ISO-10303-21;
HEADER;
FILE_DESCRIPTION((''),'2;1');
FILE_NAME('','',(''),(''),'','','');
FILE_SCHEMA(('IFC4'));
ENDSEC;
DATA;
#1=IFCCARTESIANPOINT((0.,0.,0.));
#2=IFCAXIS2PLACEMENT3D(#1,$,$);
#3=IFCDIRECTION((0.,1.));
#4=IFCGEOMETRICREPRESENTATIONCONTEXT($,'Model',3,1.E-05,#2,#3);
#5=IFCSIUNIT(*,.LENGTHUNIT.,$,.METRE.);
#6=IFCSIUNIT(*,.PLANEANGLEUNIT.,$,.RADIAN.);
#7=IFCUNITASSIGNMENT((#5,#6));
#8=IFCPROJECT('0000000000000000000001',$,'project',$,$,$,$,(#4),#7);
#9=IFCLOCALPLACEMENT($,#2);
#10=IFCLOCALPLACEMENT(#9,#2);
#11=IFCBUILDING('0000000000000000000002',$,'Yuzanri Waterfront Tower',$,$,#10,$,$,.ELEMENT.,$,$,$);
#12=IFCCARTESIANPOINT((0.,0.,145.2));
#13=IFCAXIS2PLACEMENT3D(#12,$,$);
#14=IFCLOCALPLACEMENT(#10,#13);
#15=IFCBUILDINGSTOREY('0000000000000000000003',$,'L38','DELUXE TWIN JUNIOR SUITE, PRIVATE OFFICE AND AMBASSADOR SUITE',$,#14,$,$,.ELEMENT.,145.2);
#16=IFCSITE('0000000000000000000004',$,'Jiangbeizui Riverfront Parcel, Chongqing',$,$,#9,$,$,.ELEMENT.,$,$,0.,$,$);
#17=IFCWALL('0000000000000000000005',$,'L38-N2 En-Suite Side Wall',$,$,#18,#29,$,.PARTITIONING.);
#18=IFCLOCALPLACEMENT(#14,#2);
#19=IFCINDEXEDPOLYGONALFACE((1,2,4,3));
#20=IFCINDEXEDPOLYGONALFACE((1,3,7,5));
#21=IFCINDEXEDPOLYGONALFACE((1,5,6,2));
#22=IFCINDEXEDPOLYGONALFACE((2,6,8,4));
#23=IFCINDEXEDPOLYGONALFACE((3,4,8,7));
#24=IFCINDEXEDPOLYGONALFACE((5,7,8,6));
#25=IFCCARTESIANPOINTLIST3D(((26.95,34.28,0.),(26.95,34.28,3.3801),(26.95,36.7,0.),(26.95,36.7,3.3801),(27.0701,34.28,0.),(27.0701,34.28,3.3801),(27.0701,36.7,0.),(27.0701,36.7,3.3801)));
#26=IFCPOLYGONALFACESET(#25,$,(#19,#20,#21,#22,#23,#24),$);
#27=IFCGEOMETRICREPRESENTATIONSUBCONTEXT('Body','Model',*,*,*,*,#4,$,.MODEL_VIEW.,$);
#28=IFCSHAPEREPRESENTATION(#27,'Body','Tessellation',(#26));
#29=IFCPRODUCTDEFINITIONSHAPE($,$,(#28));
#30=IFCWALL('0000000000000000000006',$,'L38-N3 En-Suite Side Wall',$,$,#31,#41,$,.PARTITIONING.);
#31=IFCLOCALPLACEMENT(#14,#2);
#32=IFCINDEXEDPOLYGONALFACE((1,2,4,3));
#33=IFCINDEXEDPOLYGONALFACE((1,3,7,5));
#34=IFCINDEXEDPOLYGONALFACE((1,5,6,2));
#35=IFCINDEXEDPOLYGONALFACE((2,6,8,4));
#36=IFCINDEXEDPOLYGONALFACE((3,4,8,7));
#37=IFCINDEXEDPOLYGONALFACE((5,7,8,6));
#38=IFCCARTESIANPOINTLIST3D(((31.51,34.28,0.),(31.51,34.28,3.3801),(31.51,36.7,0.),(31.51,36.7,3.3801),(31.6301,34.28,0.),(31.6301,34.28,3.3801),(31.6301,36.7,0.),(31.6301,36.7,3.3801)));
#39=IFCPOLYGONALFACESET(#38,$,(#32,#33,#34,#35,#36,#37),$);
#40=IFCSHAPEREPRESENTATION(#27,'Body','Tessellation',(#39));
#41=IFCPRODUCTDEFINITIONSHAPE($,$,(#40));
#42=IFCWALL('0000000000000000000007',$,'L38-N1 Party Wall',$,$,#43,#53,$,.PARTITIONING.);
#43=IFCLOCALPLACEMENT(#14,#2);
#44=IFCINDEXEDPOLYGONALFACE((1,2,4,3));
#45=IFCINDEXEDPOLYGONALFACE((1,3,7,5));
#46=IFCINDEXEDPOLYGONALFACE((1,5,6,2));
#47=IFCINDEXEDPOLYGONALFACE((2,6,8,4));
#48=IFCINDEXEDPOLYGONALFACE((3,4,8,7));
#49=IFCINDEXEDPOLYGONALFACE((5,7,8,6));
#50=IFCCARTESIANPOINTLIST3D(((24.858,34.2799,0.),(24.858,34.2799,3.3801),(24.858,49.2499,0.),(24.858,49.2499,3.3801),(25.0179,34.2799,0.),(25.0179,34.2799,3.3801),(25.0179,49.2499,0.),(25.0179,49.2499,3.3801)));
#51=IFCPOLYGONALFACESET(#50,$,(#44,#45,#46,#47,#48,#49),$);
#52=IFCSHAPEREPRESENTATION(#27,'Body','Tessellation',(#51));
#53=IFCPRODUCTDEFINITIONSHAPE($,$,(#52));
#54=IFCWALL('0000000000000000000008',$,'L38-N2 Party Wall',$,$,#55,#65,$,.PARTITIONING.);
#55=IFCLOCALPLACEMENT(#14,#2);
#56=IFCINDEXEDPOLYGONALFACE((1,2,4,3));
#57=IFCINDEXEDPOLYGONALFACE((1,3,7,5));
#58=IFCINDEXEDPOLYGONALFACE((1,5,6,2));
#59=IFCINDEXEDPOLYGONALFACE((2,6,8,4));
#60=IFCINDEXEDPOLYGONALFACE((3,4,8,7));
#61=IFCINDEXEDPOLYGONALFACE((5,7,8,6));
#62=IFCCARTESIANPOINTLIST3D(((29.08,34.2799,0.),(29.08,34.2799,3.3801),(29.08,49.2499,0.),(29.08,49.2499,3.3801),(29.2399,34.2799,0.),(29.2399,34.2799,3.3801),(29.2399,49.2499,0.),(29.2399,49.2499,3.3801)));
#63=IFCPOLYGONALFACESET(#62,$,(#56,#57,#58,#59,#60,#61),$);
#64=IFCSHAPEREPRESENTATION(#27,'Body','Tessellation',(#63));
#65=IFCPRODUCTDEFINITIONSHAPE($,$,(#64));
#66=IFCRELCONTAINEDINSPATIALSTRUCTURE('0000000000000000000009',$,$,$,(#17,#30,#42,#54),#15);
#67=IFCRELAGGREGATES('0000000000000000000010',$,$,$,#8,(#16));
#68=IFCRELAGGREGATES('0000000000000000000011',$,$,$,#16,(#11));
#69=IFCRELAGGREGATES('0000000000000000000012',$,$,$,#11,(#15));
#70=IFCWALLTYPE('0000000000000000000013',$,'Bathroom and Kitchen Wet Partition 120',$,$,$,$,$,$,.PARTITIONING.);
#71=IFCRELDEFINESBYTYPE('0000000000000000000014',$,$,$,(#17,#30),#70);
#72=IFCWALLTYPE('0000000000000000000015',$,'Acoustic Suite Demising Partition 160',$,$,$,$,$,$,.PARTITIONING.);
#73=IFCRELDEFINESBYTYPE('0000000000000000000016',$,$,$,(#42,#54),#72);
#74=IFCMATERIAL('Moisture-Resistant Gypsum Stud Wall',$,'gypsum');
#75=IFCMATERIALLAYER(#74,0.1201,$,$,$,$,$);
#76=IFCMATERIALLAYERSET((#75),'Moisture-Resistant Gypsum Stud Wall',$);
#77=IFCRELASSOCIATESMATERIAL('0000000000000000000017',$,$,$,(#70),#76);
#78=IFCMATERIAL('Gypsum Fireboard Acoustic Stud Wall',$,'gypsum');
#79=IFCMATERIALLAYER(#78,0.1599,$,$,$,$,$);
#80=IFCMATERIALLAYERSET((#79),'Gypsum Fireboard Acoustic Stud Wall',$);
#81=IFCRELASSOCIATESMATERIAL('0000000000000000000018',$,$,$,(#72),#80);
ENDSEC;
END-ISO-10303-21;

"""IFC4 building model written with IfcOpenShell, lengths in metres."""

from ifc_helpers import new_model, si_unit, direction, frame, frame_2d, origin, place, context, subcontext, project, spatial, rectangle, extrude, source, transform, mapped, material, layer, layer_set, type_object, element, save


model = new_model("IFC4")

# Units and contexts
model_context = context("Model", 3, precision=1e-05, world=origin(), true_north=direction((0.0, 1.0)))
body_context = subcontext(model_context, "Body", "Model", "MODEL_VIEW")
ifc_project = project(units=[si_unit("LENGTHUNIT", "METRE"), si_unit("PLANEANGLEUNIT", "RADIAN")], contexts=[model_context])

# Site, building, storey
site_placement = place(None, origin())
site = spatial("IfcSite", under=ifc_project, at=site_placement, Name="Jiangbeizui Riverfront Parcel, Chongqing", CompositionType="ELEMENT", RefElevation=0.0)
building_placement = place(site_placement, origin())
building = spatial("IfcBuilding", under=site, at=building_placement, Name="Yuzanri Waterfront Tower", CompositionType="ELEMENT")
storey_placement = place(building_placement, frame((0.0, 0.0, 145.2)))
storey = spatial("IfcBuildingStorey", under=building, at=storey_placement, Name="L38", Description="DELUXE TWIN JUNIOR SUITE, PRIVATE OFFICE AND AMBASSADOR SUITE", CompositionType="ELEMENT", Elevation=145.2)

# Shared definitions
ifc_material_1 = material(Name="Moisture-Resistant Gypsum Stud Wall", Category="gypsum")
ifc_layer_1 = layer(ifc_material_1, 0.1201)
ifc_layer_set_1 = layer_set([ifc_layer_1], Name="Moisture-Resistant Gypsum Stud Wall")
wall_type_1 = type_object("IfcWallType", Name="Bathroom and Kitchen Wet Partition 120", PredefinedType="PARTITIONING", material=ifc_layer_set_1)

# Walls
shared_shape_1 = source(origin(), body_context, "Body", "SweptSolid", [
    extrude(rectangle(XDim=2.4199, YDim=0.1201, at=frame_2d((1.21, 0.0))), origin(), (0.0, 0.0, 1.0), 3.3801),
])
for number, where, z_axis, x_axis, name in (
    (1, (27.01, 34.28, 0.0), (0.0, 0.0, 1.0), (0.0, 1.0, 0.0), "L38-N2 En-Suite Side Wall"),
    (2, (31.5701, 34.28, 0.0), (0.0, 0.0, 1.0), (0.0, 1.0, 0.0), "L38-N3 En-Suite Side Wall"),
):
    element("IfcWall", number, at=place(storey_placement, frame(where, z_axis=z_axis, x_axis=x_axis)), inside=storey, type_object=wall_type_1, Name=name, PredefinedType="PARTITIONING", context=body_context, shape_type="MappedRepresentation", body=[
        mapped(shared_shape_1, transform((0.0, 0.0, 0.0), scale=1.0)),
    ])
ifc_material_2 = material(Name="Gypsum Fireboard Acoustic Stud Wall", Category="gypsum")
ifc_layer_2 = layer(ifc_material_2, 0.1599)
ifc_layer_set_2 = layer_set([ifc_layer_2], Name="Gypsum Fireboard Acoustic Stud Wall")
wall_type_2 = type_object("IfcWallType", Name="Acoustic Suite Demising Partition 160", PredefinedType="PARTITIONING", material=ifc_layer_set_2)
shared_shape_2 = source(origin(), body_context, "Body", "SweptSolid", [
    extrude(rectangle(XDim=14.97, YDim=0.1599, at=frame_2d((7.4849, 0.0))), origin(), (0.0, 0.0, 1.0), 3.3801),
])
for number, where, z_axis, x_axis, name in (
    (3, (24.938, 34.28, 0.0), (0.0, 0.0, 1.0), (0.0, 1.0, 0.0), "L38-N1 Party Wall"),
    (4, (29.1599, 34.28, 0.0), (0.0, 0.0, 1.0), (0.0, 1.0, 0.0), "L38-N2 Party Wall"),
):
    element("IfcWall", number, at=place(storey_placement, frame(where, z_axis=z_axis, x_axis=x_axis)), inside=storey, type_object=wall_type_2, Name=name, PredefinedType="PARTITIONING", context=body_context, shape_type="MappedRepresentation", body=[
        mapped(shared_shape_2, transform((0.0, 0.0, 0.0), scale=1.0)),
    ])

save(model, "model.ifc")
